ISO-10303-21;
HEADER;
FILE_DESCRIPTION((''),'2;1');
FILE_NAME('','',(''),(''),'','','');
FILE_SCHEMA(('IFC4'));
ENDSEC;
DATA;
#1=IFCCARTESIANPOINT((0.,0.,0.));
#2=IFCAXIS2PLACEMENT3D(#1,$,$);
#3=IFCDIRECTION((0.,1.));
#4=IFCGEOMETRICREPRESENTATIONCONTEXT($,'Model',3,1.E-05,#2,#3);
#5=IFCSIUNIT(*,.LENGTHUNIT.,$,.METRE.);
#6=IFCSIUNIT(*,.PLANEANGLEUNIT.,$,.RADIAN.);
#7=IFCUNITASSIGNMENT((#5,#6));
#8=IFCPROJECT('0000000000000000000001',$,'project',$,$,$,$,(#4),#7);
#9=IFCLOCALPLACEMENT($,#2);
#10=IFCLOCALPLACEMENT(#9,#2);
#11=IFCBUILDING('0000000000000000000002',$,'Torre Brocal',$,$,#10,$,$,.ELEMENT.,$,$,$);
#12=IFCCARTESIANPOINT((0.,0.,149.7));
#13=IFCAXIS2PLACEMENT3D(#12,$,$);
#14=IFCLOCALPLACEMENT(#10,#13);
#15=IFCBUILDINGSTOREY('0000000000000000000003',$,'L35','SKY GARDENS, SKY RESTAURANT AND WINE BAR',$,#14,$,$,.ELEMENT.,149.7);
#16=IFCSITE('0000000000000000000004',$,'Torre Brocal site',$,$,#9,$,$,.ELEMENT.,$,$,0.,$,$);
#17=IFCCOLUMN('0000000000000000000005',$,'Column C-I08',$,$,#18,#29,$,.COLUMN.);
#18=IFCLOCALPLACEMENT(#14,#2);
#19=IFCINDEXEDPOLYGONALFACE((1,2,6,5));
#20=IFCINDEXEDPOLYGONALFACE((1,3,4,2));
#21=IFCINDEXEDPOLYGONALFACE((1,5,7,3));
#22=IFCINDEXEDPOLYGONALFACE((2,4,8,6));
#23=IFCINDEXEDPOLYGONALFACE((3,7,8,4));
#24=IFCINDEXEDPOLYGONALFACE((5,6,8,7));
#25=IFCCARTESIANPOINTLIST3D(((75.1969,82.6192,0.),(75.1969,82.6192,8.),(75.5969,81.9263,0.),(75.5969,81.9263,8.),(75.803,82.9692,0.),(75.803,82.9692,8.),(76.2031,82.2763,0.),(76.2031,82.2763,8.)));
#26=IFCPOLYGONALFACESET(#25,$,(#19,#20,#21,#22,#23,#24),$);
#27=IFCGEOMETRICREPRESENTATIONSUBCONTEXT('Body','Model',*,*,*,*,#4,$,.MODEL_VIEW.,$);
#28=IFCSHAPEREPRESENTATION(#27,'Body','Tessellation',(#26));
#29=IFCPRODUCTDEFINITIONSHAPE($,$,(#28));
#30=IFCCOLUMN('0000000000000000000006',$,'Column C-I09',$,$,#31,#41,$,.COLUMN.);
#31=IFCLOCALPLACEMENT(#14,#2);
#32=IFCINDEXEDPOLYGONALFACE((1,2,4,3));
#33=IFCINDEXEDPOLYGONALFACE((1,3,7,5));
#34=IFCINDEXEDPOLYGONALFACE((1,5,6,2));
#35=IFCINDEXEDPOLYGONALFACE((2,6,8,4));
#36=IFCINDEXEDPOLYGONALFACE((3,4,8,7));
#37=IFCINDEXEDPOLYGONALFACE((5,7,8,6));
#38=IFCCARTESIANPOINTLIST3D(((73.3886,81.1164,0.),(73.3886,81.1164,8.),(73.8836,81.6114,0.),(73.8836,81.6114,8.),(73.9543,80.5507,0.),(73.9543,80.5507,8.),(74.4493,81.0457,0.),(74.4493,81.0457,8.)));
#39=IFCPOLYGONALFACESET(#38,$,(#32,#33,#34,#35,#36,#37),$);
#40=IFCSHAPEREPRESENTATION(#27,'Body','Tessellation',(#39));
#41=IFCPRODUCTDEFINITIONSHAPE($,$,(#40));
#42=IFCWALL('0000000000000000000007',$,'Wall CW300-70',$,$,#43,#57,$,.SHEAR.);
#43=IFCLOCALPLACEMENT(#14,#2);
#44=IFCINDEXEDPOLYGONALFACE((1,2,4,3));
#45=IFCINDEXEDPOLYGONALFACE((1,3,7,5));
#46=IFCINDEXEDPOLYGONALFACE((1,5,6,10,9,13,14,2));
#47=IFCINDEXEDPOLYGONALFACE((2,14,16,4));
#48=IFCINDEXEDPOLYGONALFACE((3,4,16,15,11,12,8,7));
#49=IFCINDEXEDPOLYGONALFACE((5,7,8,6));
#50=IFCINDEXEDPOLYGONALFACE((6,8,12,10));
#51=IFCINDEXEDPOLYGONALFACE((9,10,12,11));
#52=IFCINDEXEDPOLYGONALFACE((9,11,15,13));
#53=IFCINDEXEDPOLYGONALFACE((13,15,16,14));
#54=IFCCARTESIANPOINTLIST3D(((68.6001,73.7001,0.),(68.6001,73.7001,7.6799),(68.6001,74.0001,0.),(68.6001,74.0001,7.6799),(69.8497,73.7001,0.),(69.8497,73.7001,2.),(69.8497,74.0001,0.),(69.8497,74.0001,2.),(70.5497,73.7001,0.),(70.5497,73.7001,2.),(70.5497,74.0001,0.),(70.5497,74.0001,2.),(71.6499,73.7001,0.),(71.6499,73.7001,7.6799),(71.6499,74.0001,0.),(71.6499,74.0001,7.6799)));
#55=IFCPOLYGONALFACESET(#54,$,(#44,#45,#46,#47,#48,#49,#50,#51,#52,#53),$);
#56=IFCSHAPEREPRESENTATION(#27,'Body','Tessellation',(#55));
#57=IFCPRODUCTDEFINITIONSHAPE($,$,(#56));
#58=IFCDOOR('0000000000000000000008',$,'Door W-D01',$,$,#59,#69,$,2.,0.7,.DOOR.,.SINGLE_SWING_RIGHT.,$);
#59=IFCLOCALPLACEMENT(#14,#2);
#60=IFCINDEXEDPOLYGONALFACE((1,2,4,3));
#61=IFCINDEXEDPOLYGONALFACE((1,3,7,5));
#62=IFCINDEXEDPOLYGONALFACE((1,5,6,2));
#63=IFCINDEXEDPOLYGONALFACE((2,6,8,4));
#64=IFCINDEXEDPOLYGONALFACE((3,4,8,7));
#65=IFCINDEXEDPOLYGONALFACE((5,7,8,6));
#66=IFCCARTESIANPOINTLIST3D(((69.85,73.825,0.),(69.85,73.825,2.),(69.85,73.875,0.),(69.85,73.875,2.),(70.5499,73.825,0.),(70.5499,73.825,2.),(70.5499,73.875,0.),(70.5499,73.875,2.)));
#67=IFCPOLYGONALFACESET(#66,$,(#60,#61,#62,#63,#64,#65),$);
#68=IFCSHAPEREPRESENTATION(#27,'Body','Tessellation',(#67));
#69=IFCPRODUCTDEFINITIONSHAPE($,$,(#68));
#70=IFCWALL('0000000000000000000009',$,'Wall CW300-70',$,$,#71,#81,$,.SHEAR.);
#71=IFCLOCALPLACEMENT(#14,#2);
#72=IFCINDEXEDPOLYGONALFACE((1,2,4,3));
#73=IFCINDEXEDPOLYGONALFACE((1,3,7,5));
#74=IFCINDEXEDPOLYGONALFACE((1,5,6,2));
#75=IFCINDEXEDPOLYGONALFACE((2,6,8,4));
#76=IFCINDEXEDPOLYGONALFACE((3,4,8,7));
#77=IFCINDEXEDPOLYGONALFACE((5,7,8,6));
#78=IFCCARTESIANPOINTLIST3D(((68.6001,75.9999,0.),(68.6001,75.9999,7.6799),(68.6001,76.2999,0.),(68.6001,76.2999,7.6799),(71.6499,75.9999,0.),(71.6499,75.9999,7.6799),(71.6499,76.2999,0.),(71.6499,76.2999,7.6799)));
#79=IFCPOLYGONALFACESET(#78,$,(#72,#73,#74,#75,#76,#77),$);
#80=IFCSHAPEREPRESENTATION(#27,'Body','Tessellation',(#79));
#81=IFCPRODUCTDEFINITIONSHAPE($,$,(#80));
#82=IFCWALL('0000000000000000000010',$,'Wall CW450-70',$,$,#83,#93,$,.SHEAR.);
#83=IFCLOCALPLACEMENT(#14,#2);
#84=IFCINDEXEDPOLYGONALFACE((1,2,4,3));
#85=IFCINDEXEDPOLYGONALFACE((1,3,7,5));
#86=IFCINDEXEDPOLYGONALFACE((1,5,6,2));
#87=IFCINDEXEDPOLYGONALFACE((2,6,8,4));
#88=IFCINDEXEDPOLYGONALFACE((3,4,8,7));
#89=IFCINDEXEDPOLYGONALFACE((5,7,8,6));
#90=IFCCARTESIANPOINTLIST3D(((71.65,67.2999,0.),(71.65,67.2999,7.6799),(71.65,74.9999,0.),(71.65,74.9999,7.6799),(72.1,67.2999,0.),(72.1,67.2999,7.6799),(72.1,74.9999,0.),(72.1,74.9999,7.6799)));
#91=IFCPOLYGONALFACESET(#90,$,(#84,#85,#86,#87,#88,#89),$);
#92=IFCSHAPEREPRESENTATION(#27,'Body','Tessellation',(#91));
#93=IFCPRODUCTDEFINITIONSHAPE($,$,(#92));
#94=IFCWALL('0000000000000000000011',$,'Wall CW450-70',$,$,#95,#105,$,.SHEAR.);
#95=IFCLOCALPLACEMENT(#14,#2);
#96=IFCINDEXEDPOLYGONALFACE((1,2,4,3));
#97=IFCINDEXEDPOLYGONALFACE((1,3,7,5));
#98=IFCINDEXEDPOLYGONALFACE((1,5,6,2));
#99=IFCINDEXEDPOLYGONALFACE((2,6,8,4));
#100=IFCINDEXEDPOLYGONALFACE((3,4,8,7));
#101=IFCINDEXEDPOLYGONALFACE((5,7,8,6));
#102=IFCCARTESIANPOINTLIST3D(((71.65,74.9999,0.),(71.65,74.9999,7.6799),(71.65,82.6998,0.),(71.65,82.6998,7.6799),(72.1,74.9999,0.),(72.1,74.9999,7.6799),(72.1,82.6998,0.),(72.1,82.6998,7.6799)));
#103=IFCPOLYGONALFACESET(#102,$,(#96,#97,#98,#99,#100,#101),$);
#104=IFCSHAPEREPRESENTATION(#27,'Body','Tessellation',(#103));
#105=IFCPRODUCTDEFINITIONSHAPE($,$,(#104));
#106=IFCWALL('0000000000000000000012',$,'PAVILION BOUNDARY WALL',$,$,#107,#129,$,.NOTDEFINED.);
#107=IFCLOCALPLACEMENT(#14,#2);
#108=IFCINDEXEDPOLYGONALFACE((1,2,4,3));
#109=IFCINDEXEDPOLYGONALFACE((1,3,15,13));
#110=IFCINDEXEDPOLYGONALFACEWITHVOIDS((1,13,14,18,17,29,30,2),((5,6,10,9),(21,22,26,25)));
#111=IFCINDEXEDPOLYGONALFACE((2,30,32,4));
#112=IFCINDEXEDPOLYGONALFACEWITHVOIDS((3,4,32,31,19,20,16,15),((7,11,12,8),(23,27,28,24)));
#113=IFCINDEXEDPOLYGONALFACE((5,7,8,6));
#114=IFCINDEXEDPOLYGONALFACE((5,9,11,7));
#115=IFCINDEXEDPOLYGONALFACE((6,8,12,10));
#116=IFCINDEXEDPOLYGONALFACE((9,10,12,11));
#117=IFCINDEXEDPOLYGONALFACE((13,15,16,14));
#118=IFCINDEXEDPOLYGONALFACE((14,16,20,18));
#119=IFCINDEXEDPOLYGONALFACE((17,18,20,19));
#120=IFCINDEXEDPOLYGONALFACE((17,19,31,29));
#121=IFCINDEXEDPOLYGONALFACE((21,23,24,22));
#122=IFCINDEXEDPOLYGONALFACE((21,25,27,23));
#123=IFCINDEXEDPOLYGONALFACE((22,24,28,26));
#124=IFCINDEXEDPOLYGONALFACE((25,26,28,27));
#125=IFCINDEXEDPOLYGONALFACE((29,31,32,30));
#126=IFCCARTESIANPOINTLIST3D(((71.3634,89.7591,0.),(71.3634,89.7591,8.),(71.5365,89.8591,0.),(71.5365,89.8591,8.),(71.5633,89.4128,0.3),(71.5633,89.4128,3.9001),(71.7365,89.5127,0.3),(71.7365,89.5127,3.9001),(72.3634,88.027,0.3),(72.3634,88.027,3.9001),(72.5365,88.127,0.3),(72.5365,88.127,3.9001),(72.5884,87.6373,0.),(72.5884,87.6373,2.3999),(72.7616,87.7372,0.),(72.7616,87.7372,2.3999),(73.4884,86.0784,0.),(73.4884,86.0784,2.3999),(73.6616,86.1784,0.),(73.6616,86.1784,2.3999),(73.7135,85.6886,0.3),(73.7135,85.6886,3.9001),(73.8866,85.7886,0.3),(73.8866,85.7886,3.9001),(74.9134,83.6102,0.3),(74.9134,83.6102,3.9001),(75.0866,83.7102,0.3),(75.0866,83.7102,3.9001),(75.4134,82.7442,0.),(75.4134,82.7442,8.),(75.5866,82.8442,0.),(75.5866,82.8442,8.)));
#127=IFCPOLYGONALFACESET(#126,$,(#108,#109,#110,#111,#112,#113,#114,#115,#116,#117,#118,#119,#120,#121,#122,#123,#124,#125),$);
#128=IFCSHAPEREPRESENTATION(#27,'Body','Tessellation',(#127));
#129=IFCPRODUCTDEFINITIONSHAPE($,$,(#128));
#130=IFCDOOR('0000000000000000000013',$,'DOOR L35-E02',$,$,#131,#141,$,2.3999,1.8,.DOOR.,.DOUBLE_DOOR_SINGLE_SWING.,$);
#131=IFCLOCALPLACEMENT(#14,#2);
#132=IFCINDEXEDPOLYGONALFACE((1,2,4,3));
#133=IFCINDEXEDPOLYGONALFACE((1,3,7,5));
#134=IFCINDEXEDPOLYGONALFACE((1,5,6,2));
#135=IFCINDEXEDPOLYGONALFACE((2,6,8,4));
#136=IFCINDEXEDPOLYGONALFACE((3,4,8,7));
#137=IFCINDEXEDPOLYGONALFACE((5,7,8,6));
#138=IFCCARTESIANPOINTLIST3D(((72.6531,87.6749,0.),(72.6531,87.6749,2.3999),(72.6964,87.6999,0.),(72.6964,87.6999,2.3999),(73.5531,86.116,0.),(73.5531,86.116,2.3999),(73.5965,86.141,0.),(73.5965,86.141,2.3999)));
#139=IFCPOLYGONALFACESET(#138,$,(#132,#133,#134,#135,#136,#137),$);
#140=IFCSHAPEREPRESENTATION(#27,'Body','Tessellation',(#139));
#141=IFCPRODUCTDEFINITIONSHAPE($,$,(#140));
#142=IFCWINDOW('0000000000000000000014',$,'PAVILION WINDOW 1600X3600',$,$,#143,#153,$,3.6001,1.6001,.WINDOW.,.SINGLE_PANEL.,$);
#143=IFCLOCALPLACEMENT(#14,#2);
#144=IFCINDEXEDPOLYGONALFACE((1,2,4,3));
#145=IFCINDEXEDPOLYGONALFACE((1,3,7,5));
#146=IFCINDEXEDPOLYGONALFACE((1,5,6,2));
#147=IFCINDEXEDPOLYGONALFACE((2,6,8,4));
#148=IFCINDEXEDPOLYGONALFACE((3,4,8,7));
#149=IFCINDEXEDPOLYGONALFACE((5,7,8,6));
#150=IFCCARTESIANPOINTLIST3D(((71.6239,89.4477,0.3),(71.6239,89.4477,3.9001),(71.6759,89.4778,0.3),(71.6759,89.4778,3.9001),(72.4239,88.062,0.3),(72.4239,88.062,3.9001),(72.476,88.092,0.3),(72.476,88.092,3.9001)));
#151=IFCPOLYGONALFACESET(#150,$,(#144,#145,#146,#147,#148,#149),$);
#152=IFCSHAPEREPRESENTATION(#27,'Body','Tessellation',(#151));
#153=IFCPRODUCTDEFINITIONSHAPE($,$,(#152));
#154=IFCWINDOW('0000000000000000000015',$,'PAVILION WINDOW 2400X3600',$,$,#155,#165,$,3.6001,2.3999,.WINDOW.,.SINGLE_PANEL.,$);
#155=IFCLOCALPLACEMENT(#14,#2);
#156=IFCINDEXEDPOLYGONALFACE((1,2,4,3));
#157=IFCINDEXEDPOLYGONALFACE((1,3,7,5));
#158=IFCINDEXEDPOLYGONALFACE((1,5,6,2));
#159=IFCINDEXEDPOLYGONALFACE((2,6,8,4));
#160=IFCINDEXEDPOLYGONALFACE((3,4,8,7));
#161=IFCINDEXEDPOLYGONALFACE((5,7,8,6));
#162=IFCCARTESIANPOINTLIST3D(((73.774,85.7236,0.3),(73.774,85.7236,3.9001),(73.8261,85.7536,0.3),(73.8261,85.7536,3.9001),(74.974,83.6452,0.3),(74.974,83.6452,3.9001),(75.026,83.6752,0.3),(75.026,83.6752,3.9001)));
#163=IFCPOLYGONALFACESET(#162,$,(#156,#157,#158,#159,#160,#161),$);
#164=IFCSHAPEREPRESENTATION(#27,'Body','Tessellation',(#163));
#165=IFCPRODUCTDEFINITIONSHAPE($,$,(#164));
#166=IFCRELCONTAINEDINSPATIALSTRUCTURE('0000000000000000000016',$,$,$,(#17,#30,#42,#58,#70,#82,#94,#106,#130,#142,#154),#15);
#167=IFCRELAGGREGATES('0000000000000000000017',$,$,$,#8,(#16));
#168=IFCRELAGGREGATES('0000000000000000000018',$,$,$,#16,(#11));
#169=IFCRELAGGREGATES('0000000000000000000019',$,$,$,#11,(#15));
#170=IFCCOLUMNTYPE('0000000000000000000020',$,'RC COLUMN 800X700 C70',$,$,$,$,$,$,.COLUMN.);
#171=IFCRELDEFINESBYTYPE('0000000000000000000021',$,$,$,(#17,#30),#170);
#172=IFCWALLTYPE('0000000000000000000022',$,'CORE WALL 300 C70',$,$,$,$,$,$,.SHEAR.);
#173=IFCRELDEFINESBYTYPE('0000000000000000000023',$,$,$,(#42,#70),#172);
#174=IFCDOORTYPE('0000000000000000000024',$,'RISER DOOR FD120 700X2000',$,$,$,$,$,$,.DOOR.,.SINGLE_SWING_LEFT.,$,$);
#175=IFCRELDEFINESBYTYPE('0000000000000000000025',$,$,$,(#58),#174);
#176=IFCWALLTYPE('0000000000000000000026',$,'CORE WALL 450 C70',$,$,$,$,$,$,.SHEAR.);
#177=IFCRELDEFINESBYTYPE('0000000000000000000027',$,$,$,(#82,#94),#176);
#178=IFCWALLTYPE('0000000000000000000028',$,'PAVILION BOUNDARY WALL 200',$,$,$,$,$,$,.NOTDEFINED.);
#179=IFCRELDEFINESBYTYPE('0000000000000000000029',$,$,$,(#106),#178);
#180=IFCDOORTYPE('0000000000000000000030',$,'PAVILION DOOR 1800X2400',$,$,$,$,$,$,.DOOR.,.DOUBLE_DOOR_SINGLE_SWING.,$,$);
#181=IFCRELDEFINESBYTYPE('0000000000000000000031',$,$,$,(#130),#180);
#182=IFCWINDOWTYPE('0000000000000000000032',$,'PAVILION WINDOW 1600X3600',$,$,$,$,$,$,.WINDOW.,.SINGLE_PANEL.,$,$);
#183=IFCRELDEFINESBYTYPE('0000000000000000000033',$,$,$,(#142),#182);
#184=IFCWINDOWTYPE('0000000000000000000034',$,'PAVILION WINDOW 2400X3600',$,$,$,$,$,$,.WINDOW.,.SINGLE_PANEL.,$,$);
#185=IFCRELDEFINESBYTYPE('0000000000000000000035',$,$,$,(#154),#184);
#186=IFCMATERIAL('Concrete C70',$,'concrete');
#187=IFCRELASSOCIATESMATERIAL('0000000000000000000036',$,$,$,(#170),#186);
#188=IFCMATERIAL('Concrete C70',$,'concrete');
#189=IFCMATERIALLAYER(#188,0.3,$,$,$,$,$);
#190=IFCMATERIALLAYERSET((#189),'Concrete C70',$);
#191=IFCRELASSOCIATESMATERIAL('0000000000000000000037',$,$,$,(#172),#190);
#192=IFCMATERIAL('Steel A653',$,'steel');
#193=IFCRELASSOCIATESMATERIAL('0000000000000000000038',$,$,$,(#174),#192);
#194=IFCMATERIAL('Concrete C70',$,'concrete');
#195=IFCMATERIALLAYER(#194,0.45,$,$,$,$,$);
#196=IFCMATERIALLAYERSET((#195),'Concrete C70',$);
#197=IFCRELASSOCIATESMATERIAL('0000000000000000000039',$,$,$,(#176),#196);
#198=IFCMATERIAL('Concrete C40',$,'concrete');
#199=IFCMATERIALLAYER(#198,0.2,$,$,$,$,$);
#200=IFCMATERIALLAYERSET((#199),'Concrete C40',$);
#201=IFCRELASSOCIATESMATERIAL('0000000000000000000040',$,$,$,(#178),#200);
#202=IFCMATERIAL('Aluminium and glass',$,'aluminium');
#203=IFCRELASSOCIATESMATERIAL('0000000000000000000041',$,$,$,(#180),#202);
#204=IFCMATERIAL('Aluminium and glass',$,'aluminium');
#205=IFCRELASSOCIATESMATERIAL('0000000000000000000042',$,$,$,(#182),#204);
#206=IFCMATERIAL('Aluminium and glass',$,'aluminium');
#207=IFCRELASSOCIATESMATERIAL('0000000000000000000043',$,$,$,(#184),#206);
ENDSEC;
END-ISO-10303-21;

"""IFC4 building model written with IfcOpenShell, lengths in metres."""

from ifc_helpers import new_model, si_unit, direction, frame, frame_2d, origin, origin_2d, place, context, subcontext, project, spatial, rectangle, extrude, material, layer, layer_set, material_profile, profile_set, type_object, element, fill, save


model = new_model("IFC4")

# Units and contexts
model_context = context("Model", 3, precision=1e-05, world=origin(), true_north=direction((0.0, 1.0)))
body_context = subcontext(model_context, "Body", "Model", "MODEL_VIEW")
ifc_project = project(units=[si_unit("LENGTHUNIT", "METRE"), si_unit("PLANEANGLEUNIT", "RADIAN")], contexts=[model_context])

# Site, building, storey
site_placement = place(None, origin())
site = spatial("IfcSite", under=ifc_project, at=site_placement, Name="Torre Brocal site", CompositionType="ELEMENT", RefElevation=0.0)
building_placement = place(site_placement, origin())
building = spatial("IfcBuilding", under=site, at=building_placement, Name="Torre Brocal", CompositionType="ELEMENT")
storey_placement = place(building_placement, frame((0.0, 0.0, 149.7)))
storey = spatial("IfcBuildingStorey", under=building, at=storey_placement, Name="L35", Description="SKY GARDENS, SKY RESTAURANT AND WINE BAR", CompositionType="ELEMENT", Elevation=149.7)

# Columns
ifc_material_1 = material(Name="Concrete C70", Category="concrete")
ifc_material_profile = material_profile(ifc_material_1, rectangle(XDim=0.8, YDim=0.7, at=origin_2d()), Name="RC 800X700")
ifc_profile_set = profile_set([ifc_material_profile], Name="Concrete C70")
column_type = type_object("IfcColumnType", Name="RC COLUMN 800X700 C70", PredefinedType="COLUMN", material=ifc_profile_set)
for number, where, z_axis, x_axis, name in (
    (1, (75.7, 82.4478, 0.0), (0.0, 0.0, 1.0), (-0.5, 0.866025, 0.0), "Column C-I08"),
    (2, (73.9189, 81.0811, 0.0), (0.0, 0.0, 1.0), (-0.707107, 0.707107, 0.0), "Column C-I09"),
):
    element("IfcColumn", number, at=place(storey_placement, frame(where, z_axis=z_axis, x_axis=x_axis)), inside=storey, type_object=column_type, Name=name, PredefinedType="COLUMN", context=body_context, shape_type="SweptSolid", body=[
        extrude(rectangle(XDim=0.8, YDim=0.7, at=origin_2d()), origin(), (0.0, 0.0, 1.0), 8.0),
    ])

# Wall, opening, door
ifc_material_2 = material(Name="Concrete C70", Category="concrete")
ifc_layer_1 = layer(ifc_material_2, 0.3)
ifc_layer_set_1 = layer_set([ifc_layer_1], Name="Concrete C70")
wall_type_1 = type_object("IfcWallType", Name="CORE WALL 300 C70", PredefinedType="SHEAR", material=ifc_layer_set_1)
wall_1_placement = place(storey_placement, frame((71.6499, 73.8501, 0.0), z_axis=(0.0, 0.0, 1.0), x_axis=(-1.0, 0.0, 0.0)))
wall_1 = element("IfcWall", 3, at=wall_1_placement, inside=storey, type_object=wall_type_1, Name="Wall CW300-70", PredefinedType="SHEAR", context=body_context, shape_type="SweptSolid", body=[
    extrude(rectangle(XDim=3.0498, YDim=0.3, at=frame_2d((1.5249, 0.0))), origin(), (0.0, 0.0, 1.0), 7.6799),
])
opening_1_placement = place(wall_1_placement, frame((1.1001, 0.0, 0.0)))
opening_1 = element("IfcOpeningElement", 4, at=opening_1_placement, cuts=wall_1, PredefinedType="OPENING", context=body_context, shape_type="SweptSolid", body=[
    extrude(rectangle(XDim=0.7, YDim=2.0, at=frame_2d((0.3501, 1.0))), frame((0.0, 0.1599, 0.0), z_axis=(0.0, -1.0, 0.0), x_axis=(1.0, 0.0, 0.0)), (0.0, 0.0, 1.0), 0.3201),
])
ifc_material_3 = material(Name="Steel A653", Category="steel")
door_type_1 = type_object("IfcDoorType", Name="RISER DOOR FD120 700X2000", OperationType="SINGLE_SWING_LEFT", PredefinedType="DOOR", material=ifc_material_3)
door_1_placement = place(opening_1_placement, frame((0.7, 0.0, 0.0), z_axis=(0.0, 0.0, 1.0), x_axis=(-1.0, 0.0, 0.0)))
door_1 = element("IfcDoor", 5, at=door_1_placement, inside=storey, type_object=door_type_1, Name="Door W-D01", OperationType="SINGLE_SWING_RIGHT", OverallHeight=2.0, OverallWidth=0.7, PredefinedType="DOOR", context=body_context, shape_type="SweptSolid", body=[
    extrude(rectangle(XDim=0.7, YDim=2.0, at=frame_2d((0.3501, 1.0))), frame((0.0, 0.0249, 0.0), z_axis=(0.0, -1.0, 0.0), x_axis=(1.0, 0.0, 0.0)), (0.0, 0.0, 1.0), 0.05),
])
fill(opening_1, door_1)

# Walls
wall_2_placement = place(storey_placement, frame((71.6499, 76.1499, 0.0), z_axis=(0.0, 0.0, 1.0), x_axis=(-1.0, 0.0, 0.0)))
element("IfcWall", 6, at=wall_2_placement, inside=storey, type_object=wall_type_1, Name="Wall CW300-70", PredefinedType="SHEAR", context=body_context, shape_type="SweptSolid", body=[
    extrude(rectangle(XDim=3.0498, YDim=0.3, at=frame_2d((1.5249, 0.0))), origin(), (0.0, 0.0, 1.0), 7.6799),
])
ifc_material_4 = material(Name="Concrete C70", Category="concrete")
ifc_layer_2 = layer(ifc_material_4, 0.45)
ifc_layer_set_2 = layer_set([ifc_layer_2], Name="Concrete C70")
wall_type_2 = type_object("IfcWallType", Name="CORE WALL 450 C70", PredefinedType="SHEAR", material=ifc_layer_set_2)
for number, where, z_axis, x_axis, name in (
    (7, (71.875, 75.0, 0.0), (0.0, 0.0, 1.0), (0.0, -1.0, 0.0), "Wall CW450-70"),
    (8, (71.875, 82.7, 0.0), (0.0, 0.0, 1.0), (0.0, -1.0, 0.0), "Wall CW450-70"),
):
    element("IfcWall", number, at=place(storey_placement, frame(where, z_axis=z_axis, x_axis=x_axis)), inside=storey, type_object=wall_type_2, Name=name, PredefinedType="SHEAR", context=body_context, shape_type="SweptSolid", body=[
        extrude(rectangle(XDim=7.7, YDim=0.45, at=frame_2d((3.8501, 0.0))), origin(), (0.0, 0.0, 1.0), 7.6799),
    ])

# Wall, openings, door, windows
ifc_material_5 = material(Name="Concrete C40", Category="concrete")
ifc_layer_3 = layer(ifc_material_5, 0.2)
ifc_layer_set_3 = layer_set([ifc_layer_3], Name="Concrete C40")
wall_type_3 = type_object("IfcWallType", Name="PAVILION BOUNDARY WALL 200", PredefinedType="NOTDEFINED", material=ifc_layer_set_3)
wall_3_placement = place(storey_placement, frame((75.5, 82.7942, 0.0), z_axis=(0.0, 0.0, 1.0), x_axis=(-0.5, 0.866025, 0.0)))
wall_3 = element("IfcWall", 9, at=wall_3_placement, inside=storey, type_object=wall_type_3, Name="PAVILION BOUNDARY WALL", PredefinedType="NOTDEFINED", context=body_context, shape_type="SweptSolid", body=[
    extrude(rectangle(XDim=8.1001, YDim=0.2, at=frame_2d((4.05, 0.0))), origin(), (0.0, 0.0, 1.0), 8.0),
])
opening_2_placement = place(wall_3_placement, frame((1.0, 0.0, 0.3)))
opening_2 = element("IfcOpeningElement", 10, at=opening_2_placement, cuts=wall_3, PredefinedType="OPENING", context=body_context, shape_type="SweptSolid", body=[
    extrude(rectangle(XDim=2.3999, YDim=3.6001, at=frame_2d((1.2, 1.8))), frame((0.0, 0.1099, 0.0), z_axis=(0.0, -1.0, 0.0), x_axis=(1.0, 0.0, 0.0)), (0.0, 0.0, 1.0), 0.22),
])
opening_3_placement = place(wall_3_placement, frame((3.8501, 0.0, 0.0)))
opening_3 = element("IfcOpeningElement", 11, at=opening_3_placement, cuts=wall_3, PredefinedType="OPENING", context=body_context, shape_type="SweptSolid", body=[
    extrude(rectangle(XDim=1.8, YDim=2.3999, at=frame_2d((0.8999, 1.2))), frame((0.0, 0.1099, 0.0), z_axis=(0.0, -1.0, 0.0), x_axis=(1.0, 0.0, 0.0)), (0.0, 0.0, 1.0), 0.22),
])
opening_4_placement = place(wall_3_placement, frame((6.1001, 0.0, 0.3)))
opening_4 = element("IfcOpeningElement", 12, at=opening_4_placement, cuts=wall_3, PredefinedType="OPENING", context=body_context, shape_type="SweptSolid", body=[
    extrude(rectangle(XDim=1.6001, YDim=3.6001, at=frame_2d((0.8, 1.8))), frame((0.0, 0.1099, 0.0), z_axis=(0.0, -1.0, 0.0), x_axis=(1.0, 0.0, 0.0)), (0.0, 0.0, 1.0), 0.22),
])
ifc_material_6 = material(Name="Aluminium and glass", Category="aluminium")
door_type_2 = type_object("IfcDoorType", Name="PAVILION DOOR 1800X2400", OperationType="DOUBLE_DOOR_SINGLE_SWING", PredefinedType="DOOR", material=ifc_material_6)
door_2_placement = place(opening_3_placement, frame((1.8, 0.0, 0.0), z_axis=(0.0, 0.0, 1.0), x_axis=(-1.0, 0.0, 0.0)))
door_2 = element("IfcDoor", 13, at=door_2_placement, inside=storey, type_object=door_type_2, Name="DOOR L35-E02", OperationType="DOUBLE_DOOR_SINGLE_SWING", OverallHeight=2.3999, OverallWidth=1.8, PredefinedType="DOOR", context=body_context, shape_type="SweptSolid", body=[
    extrude(rectangle(XDim=1.8, YDim=2.3999, at=frame_2d((0.8999, 1.2))), frame((0.0, 0.0249, 0.0), z_axis=(0.0, -1.0, 0.0), x_axis=(1.0, 0.0, 0.0)), (0.0, 0.0, 1.0), 0.05),
])
fill(opening_3, door_2)
ifc_material_7 = material(Name="Aluminium and glass", Category="aluminium")
window_type_1 = type_object("IfcWindowType", Name="PAVILION WINDOW 1600X3600", PartitioningType="SINGLE_PANEL", PredefinedType="WINDOW", material=ifc_material_7)
window_1_placement = place(opening_4_placement, origin())
window_1 = element("IfcWindow", 14, at=window_1_placement, inside=storey, type_object=window_type_1, Name="PAVILION WINDOW 1600X3600", OverallHeight=3.6001, OverallWidth=1.6001, PartitioningType="SINGLE_PANEL", PredefinedType="WINDOW", context=body_context, shape_type="SweptSolid", body=[
    extrude(rectangle(XDim=1.6001, YDim=3.6001, at=frame_2d((0.8, 1.8))), frame((0.0, 0.03, 0.0), z_axis=(0.0, -1.0, 0.0), x_axis=(1.0, 0.0, 0.0)), (0.0, 0.0, 1.0), 0.0601),
])
fill(opening_4, window_1)
ifc_material_8 = material(Name="Aluminium and glass", Category="aluminium")
window_type_2 = type_object("IfcWindowType", Name="PAVILION WINDOW 2400X3600", PartitioningType="SINGLE_PANEL", PredefinedType="WINDOW", material=ifc_material_8)
window_2_placement = place(opening_2_placement, origin())
window_2 = element("IfcWindow", 15, at=window_2_placement, inside=storey, type_object=window_type_2, Name="PAVILION WINDOW 2400X3600", OverallHeight=3.6001, OverallWidth=2.3999, PartitioningType="SINGLE_PANEL", PredefinedType="WINDOW", context=body_context, shape_type="SweptSolid", body=[
    extrude(rectangle(XDim=2.3999, YDim=3.6001, at=frame_2d((1.2, 1.8))), frame((0.0, 0.03, 0.0), z_axis=(0.0, -1.0, 0.0), x_axis=(1.0, 0.0, 0.0)), (0.0, 0.0, 1.0), 0.0601),
])
fill(opening_2, window_2)

save(model, "model.ifc")
